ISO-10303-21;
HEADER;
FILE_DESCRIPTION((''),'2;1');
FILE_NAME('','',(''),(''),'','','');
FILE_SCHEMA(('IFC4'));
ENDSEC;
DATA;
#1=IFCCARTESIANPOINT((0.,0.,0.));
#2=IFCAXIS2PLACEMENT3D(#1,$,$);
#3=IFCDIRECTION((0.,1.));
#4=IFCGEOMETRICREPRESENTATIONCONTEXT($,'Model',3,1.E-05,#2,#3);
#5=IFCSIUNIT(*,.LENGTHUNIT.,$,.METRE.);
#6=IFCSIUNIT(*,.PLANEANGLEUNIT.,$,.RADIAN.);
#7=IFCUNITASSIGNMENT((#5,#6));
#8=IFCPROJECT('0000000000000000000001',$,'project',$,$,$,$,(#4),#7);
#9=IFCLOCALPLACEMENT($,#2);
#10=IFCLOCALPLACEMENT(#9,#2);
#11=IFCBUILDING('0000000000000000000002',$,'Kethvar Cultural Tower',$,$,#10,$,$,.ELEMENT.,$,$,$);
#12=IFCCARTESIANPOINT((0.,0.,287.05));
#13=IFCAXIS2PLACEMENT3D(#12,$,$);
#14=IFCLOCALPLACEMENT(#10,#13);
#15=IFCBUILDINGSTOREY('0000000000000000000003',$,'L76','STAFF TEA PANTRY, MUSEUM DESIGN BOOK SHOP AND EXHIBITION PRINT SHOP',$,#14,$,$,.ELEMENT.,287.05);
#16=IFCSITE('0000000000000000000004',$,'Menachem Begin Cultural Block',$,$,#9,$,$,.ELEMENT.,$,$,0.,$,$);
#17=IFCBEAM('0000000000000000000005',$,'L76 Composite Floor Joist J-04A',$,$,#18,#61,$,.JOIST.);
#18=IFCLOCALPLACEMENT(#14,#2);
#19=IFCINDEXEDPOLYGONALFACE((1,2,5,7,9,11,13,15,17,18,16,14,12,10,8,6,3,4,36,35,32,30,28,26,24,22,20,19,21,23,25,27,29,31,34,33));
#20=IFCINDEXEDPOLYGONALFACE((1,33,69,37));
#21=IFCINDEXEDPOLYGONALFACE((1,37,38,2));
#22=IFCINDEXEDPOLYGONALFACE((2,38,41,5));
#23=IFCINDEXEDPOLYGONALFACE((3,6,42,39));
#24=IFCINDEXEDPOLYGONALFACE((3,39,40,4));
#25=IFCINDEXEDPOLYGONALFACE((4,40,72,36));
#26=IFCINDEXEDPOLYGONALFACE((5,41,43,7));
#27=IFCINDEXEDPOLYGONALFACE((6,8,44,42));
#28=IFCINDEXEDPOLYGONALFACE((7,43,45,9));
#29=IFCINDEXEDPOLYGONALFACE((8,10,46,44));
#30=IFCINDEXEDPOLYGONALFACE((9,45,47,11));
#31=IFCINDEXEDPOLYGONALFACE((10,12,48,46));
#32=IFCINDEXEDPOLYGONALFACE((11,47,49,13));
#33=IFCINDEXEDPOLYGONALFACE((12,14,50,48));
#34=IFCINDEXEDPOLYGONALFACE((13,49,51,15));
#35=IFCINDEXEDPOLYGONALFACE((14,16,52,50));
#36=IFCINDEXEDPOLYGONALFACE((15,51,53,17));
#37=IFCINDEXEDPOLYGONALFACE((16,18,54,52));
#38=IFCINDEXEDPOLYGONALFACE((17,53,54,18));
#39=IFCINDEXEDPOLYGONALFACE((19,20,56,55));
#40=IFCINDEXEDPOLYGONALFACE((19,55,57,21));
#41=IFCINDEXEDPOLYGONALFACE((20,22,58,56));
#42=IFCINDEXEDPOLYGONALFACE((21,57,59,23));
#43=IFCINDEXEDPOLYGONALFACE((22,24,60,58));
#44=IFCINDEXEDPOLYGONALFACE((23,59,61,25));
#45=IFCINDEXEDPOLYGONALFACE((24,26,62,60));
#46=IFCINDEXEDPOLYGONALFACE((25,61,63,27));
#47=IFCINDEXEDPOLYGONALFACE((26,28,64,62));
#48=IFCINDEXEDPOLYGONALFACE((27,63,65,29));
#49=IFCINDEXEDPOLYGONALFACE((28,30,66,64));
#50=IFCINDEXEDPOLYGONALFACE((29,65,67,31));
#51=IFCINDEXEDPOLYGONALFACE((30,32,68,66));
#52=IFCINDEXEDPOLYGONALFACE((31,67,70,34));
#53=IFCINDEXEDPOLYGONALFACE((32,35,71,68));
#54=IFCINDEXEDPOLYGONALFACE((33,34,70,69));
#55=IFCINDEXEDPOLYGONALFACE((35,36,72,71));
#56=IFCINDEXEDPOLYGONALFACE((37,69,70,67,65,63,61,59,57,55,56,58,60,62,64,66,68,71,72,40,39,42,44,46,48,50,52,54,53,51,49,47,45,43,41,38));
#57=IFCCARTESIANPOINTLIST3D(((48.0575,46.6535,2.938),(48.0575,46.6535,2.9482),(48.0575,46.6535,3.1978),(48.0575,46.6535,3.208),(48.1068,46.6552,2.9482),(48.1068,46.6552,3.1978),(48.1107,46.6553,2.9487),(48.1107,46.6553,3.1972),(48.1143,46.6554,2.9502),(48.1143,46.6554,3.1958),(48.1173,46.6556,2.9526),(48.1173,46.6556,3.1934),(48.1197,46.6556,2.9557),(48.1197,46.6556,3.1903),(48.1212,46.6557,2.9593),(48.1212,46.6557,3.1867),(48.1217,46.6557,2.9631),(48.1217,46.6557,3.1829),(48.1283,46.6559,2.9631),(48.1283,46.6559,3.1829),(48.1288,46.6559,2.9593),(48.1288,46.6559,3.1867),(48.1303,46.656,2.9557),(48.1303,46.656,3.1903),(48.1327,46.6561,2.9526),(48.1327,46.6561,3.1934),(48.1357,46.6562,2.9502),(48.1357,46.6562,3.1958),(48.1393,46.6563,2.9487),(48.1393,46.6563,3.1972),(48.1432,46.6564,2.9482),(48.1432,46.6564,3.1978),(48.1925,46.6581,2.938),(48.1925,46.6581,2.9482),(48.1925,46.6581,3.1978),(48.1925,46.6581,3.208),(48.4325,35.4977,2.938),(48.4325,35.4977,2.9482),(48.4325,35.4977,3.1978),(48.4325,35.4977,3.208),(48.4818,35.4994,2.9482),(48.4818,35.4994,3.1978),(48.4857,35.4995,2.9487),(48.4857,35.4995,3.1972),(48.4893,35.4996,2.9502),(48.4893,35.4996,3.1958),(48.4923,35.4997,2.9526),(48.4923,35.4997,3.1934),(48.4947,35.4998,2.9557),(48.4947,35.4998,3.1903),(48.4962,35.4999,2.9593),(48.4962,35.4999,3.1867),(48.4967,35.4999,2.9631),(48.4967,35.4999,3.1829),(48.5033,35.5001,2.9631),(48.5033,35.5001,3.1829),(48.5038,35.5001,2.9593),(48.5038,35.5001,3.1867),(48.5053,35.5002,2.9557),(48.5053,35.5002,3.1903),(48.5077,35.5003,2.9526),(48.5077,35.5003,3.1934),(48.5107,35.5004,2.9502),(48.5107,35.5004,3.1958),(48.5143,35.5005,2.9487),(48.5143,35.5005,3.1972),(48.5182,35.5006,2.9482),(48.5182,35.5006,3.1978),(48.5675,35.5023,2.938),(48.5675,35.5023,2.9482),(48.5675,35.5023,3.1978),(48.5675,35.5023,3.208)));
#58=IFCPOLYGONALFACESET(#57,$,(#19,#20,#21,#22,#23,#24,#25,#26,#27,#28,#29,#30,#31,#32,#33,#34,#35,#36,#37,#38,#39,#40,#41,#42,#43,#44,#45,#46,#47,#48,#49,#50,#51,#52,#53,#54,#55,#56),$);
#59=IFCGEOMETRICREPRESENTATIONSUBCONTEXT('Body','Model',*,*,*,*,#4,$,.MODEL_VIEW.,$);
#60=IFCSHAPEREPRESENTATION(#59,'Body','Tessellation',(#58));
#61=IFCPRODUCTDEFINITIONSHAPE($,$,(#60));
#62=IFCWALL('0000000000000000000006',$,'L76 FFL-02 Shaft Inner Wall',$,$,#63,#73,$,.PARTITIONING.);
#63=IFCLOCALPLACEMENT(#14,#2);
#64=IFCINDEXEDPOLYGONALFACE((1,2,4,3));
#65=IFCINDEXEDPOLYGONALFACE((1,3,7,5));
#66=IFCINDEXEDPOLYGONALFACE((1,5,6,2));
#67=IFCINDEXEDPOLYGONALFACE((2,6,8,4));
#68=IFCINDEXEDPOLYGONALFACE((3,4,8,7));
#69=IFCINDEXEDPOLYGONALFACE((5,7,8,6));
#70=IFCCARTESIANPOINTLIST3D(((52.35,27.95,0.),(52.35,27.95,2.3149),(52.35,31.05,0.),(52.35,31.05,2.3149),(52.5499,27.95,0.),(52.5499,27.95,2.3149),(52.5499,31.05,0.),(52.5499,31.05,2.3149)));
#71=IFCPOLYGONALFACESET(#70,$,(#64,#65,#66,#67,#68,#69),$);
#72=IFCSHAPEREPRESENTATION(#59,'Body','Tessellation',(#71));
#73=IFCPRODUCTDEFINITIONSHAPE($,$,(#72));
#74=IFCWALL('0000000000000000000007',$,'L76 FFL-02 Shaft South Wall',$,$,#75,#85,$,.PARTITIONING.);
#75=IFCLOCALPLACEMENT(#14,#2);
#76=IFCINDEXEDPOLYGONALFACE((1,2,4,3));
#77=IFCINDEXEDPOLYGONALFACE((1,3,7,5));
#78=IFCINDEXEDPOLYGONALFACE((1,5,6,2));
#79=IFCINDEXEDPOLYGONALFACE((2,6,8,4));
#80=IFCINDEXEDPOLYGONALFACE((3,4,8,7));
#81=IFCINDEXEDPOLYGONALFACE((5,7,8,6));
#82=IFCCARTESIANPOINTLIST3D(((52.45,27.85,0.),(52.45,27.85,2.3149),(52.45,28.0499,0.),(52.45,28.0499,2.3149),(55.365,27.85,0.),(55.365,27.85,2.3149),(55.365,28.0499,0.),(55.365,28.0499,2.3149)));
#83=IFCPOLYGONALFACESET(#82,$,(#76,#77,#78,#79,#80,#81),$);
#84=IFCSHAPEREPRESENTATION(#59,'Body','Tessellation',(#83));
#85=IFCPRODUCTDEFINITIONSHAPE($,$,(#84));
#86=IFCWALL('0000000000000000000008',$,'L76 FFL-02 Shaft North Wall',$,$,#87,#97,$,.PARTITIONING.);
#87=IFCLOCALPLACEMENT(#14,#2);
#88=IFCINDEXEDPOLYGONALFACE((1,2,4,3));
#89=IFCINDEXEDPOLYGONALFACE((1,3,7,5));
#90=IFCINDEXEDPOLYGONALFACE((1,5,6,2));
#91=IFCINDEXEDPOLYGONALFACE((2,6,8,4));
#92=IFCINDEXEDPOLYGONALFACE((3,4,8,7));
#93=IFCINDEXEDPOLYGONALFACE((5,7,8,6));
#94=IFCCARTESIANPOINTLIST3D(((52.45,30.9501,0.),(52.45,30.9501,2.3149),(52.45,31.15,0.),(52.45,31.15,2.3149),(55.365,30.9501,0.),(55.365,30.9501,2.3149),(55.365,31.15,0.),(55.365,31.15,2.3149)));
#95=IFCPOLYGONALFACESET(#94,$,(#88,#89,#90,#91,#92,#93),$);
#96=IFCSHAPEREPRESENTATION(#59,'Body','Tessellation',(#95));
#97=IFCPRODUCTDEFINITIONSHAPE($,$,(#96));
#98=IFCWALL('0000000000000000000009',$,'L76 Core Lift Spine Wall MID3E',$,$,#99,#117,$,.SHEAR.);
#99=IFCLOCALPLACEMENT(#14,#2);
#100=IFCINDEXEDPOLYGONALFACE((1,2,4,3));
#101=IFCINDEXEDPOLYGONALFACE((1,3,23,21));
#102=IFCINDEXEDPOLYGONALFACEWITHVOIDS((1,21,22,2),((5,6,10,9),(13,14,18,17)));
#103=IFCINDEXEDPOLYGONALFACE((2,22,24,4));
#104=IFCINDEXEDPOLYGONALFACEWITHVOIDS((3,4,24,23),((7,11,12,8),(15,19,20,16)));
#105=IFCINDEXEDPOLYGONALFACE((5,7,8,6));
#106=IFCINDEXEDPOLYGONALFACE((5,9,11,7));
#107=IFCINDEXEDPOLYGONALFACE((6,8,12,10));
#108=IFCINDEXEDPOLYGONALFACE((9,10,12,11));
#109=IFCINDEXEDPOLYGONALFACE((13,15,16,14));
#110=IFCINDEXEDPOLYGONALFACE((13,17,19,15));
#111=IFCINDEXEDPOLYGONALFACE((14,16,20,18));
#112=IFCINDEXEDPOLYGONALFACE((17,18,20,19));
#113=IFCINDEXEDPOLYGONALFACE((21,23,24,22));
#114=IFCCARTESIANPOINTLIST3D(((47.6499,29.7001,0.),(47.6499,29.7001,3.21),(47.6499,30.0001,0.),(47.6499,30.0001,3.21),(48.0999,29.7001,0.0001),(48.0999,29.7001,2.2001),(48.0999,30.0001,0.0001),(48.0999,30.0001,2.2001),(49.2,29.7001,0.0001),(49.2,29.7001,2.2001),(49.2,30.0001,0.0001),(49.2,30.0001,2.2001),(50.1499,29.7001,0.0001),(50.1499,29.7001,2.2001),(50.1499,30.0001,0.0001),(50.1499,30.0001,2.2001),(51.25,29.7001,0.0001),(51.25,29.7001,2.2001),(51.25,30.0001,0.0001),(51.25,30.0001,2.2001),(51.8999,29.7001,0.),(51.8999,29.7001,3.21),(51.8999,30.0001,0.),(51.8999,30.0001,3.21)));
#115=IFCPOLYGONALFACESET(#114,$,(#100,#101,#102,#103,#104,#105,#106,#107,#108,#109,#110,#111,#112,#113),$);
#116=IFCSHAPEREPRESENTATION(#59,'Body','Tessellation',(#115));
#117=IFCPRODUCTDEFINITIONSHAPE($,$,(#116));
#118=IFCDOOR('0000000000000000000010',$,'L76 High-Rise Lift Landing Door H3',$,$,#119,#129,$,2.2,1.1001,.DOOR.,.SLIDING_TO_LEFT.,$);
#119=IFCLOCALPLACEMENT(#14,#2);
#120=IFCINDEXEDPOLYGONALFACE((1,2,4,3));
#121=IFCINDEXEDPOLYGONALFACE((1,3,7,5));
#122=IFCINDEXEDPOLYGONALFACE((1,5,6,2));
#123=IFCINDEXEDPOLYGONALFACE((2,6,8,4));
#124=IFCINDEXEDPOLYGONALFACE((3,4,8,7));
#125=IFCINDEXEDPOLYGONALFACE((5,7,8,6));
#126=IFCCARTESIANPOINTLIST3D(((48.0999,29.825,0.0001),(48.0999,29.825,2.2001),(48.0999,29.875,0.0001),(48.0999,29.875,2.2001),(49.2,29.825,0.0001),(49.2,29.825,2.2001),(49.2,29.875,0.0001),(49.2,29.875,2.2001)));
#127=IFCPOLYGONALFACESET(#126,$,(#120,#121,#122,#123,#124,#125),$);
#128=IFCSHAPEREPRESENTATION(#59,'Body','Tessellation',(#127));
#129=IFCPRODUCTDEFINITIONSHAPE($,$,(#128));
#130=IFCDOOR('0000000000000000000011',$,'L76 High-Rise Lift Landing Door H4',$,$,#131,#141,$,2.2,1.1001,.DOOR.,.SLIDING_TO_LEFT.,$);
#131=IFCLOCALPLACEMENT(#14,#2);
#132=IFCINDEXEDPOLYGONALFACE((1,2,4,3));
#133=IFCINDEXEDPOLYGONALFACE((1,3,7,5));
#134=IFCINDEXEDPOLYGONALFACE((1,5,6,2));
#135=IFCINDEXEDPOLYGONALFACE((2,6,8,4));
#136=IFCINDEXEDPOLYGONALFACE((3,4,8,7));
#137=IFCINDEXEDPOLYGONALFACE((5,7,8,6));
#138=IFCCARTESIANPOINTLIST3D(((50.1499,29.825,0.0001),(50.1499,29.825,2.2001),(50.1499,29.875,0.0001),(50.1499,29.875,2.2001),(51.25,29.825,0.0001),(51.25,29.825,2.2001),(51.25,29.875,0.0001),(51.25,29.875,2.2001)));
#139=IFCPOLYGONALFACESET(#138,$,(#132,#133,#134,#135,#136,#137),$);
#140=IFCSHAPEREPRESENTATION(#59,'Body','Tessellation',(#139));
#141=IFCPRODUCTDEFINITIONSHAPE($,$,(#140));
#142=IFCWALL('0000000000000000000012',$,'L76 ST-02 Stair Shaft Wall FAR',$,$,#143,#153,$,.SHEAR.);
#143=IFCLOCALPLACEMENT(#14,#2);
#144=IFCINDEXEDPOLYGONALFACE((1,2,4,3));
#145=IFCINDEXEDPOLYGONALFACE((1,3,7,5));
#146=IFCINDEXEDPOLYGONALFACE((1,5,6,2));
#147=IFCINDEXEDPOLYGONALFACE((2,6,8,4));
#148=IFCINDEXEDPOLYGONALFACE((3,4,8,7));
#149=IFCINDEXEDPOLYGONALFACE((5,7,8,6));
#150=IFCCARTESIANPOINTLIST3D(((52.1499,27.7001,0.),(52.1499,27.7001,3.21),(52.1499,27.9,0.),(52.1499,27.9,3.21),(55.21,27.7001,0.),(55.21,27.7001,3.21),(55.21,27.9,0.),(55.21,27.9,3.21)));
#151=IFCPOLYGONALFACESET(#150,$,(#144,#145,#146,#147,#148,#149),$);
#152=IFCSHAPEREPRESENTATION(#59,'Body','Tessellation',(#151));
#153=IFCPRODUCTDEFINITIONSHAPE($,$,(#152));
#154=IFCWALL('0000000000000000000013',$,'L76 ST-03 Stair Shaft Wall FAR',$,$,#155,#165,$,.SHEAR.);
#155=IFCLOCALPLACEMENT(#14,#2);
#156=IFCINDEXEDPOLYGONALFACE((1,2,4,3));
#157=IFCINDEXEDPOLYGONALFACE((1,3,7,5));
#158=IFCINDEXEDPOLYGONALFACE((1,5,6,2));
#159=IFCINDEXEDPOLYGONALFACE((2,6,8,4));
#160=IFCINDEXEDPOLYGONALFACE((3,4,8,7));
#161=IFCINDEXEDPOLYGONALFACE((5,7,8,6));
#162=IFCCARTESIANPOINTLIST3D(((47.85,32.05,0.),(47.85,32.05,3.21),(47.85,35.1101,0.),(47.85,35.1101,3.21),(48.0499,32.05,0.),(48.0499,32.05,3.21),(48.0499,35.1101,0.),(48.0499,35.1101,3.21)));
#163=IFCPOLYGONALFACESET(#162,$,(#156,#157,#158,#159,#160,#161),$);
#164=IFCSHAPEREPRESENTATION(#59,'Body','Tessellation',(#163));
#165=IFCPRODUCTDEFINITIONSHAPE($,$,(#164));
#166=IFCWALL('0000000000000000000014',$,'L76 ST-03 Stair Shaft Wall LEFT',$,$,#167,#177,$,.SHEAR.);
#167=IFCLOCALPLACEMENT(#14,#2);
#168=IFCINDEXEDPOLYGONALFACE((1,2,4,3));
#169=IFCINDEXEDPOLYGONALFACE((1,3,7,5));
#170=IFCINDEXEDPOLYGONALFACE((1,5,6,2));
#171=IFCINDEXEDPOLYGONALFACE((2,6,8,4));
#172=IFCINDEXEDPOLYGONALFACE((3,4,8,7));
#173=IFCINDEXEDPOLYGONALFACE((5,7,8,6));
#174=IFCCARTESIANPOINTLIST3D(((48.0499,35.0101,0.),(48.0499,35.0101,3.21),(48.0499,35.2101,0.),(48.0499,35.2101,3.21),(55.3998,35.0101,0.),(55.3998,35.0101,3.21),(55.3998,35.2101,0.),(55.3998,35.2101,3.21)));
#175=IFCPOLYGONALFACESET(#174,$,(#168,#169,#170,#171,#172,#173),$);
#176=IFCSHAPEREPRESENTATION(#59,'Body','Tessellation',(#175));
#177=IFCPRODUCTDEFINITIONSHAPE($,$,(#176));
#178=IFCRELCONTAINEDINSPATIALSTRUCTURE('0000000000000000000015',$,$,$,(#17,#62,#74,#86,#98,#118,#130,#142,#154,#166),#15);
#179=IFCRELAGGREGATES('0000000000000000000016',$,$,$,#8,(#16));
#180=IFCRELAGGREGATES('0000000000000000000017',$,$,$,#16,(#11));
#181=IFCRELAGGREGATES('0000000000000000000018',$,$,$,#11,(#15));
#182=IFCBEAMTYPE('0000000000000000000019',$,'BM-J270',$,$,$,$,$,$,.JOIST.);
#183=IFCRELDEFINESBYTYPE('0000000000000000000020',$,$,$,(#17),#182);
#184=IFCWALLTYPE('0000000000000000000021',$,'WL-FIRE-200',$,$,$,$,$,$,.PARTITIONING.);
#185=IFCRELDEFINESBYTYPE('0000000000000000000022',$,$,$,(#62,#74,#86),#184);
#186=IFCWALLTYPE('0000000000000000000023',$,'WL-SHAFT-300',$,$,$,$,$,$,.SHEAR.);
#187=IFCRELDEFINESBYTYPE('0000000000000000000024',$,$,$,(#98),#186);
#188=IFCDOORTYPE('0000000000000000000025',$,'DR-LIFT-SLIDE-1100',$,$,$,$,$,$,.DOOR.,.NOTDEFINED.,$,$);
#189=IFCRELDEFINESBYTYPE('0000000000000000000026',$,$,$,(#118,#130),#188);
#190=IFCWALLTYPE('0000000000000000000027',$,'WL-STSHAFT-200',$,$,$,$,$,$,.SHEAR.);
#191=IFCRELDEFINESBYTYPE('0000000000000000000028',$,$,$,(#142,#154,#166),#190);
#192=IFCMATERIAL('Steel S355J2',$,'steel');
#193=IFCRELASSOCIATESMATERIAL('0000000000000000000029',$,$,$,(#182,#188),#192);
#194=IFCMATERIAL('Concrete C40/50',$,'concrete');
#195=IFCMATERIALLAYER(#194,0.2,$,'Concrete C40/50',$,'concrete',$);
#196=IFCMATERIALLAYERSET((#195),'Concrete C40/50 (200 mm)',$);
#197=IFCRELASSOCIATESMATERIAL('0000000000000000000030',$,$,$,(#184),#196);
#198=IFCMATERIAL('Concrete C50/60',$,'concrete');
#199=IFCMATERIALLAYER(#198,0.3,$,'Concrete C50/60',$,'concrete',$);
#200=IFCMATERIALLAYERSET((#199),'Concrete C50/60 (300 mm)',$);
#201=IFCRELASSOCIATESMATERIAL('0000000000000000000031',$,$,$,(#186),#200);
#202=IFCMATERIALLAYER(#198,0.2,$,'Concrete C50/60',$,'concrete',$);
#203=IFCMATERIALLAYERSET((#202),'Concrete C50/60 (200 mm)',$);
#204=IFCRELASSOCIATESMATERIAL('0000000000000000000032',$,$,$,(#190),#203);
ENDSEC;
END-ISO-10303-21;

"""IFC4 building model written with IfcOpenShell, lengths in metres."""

from ifc_helpers import new_model, si_unit, direction, frame, frame_2d, origin, origin_2d, place, context, subcontext, project, spatial, rectangle, i_section, extrude, source, transform, mapped, material, layer, layer_set, material_profile, profile_set, type_object, element, fill, save


model = new_model("IFC4")

# Units and contexts
model_context = context("Model", 3, precision=1e-05, world=origin(), true_north=direction((0.0, 1.0)))
body_context = subcontext(model_context, "Body", "Model", "MODEL_VIEW")
ifc_project = project(units=[si_unit("LENGTHUNIT", "METRE"), si_unit("PLANEANGLEUNIT", "RADIAN")], contexts=[model_context])

# Site, building, storey
site_placement = place(None, origin())
site = spatial("IfcSite", under=ifc_project, at=site_placement, Name="Menachem Begin Cultural Block", CompositionType="ELEMENT", RefElevation=0.0)
building_placement = place(site_placement, origin())
building = spatial("IfcBuilding", under=site, at=building_placement, Name="Kethvar Cultural Tower", CompositionType="ELEMENT")
storey_placement = place(building_placement, frame((0.0, 0.0, 287.05)))
storey = spatial("IfcBuildingStorey", under=building, at=storey_placement, Name="L76", Description="STAFF TEA PANTRY, MUSEUM DESIGN BOOK SHOP AND EXHIBITION PRINT SHOP", CompositionType="ELEMENT", Elevation=287.05)

# Beam
ifc_material_1 = material(Name="Steel S355J2", Category="steel")
ifc_material_profile_1 = material_profile(ifc_material_1, i_section(OverallWidth=0.135, OverallDepth=0.27, WebThickness=0.0066, FlangeThickness=0.0103, FilletRadius=0.0149, at=origin_2d()), Name="Steel S355J2 — IPE270")
ifc_profile_set_1 = profile_set([ifc_material_profile_1], Name="Steel S355J2 — IPE270")
beam_type_1 = type_object("IfcBeamType", Name="BM-J270", PredefinedType="JOIST", material=ifc_profile_set_1)
shared_shape_1 = source(origin(), body_context, "Body", "SweptSolid", [
    extrude(i_section(OverallWidth=0.135, OverallDepth=0.27, WebThickness=0.0066, FlangeThickness=0.0103, FilletRadius=0.0149, at=origin_2d()), origin(), (0.0, 0.0, 1.0), 11.1621),
])
beam_1_placement = place(storey_placement, frame((48.5, 35.5, 3.073), z_axis=(-0.033596, 0.999435, 0.0), x_axis=(-0.999435, -0.033596, 0.0)))
element("IfcBeam", 1, at=beam_1_placement, inside=storey, type_object=beam_type_1, Name="L76 Composite Floor Joist J-04A", PredefinedType="JOIST", context=body_context, shape_type="MappedRepresentation", body=[
    mapped(shared_shape_1, transform((0.0, 0.0, 0.0), scale=1.0)),
])

# Walls
ifc_material_2 = material(Name="Concrete C40/50", Category="concrete")
ifc_layer_1 = layer(ifc_material_2, 0.2, Name="Concrete C40/50", Category="concrete")
ifc_layer_set_1 = layer_set([ifc_layer_1], Name="Concrete C40/50 (200 mm)")
wall_type_1 = type_object("IfcWallType", Name="WL-FIRE-200", PredefinedType="PARTITIONING", material=ifc_layer_set_1)
wall_1_placement = place(storey_placement, frame((52.45, 27.95, 0.0), z_axis=(0.0, 0.0, 1.0), x_axis=(0.0, 1.0, 0.0)))
element("IfcWall", 2, at=wall_1_placement, inside=storey, type_object=wall_type_1, Name="L76 FFL-02 Shaft Inner Wall", PredefinedType="PARTITIONING", context=body_context, shape_type="SweptSolid", body=[
    extrude(rectangle(XDim=3.1001, YDim=0.2, at=frame_2d((1.55, 0.0))), origin(), (0.0, 0.0, 1.0), 2.3149),
])
for number, where, z_axis, x_axis, name in (
    (3, (52.45, 27.95, 0.0), (0.0, 0.0, 1.0), (1.0, 0.0, 0.0), "L76 FFL-02 Shaft South Wall"),
    (4, (52.45, 31.05, 0.0), (0.0, 0.0, 1.0), (1.0, 0.0, 0.0), "L76 FFL-02 Shaft North Wall"),
):
    element("IfcWall", number, at=place(storey_placement, frame(where, z_axis=z_axis, x_axis=x_axis)), inside=storey, type_object=wall_type_1, Name=name, PredefinedType="PARTITIONING", context=body_context, shape_type="SweptSolid", body=[
        extrude(rectangle(XDim=2.915, YDim=0.2, at=frame_2d((1.4575, 0.0))), origin(), (0.0, 0.0, 1.0), 2.3149),
    ])

# Wall, openings, doors
ifc_material_3 = material(Name="Concrete C50/60", Category="concrete")
ifc_layer_2 = layer(ifc_material_3, 0.3, Name="Concrete C50/60", Category="concrete")
ifc_layer_set_2 = layer_set([ifc_layer_2], Name="Concrete C50/60 (300 mm)")
wall_type_2 = type_object("IfcWallType", Name="WL-SHAFT-300", PredefinedType="SHEAR", material=ifc_layer_set_2)
wall_2_placement = place(storey_placement, frame((47.6499, 29.8501, 0.0), z_axis=(0.0, 0.0, 1.0), x_axis=(1.0, 0.0, 0.0)))
wall_2 = element("IfcWall", 5, at=wall_2_placement, inside=storey, type_object=wall_type_2, Name="L76 Core Lift Spine Wall MID3E", PredefinedType="SHEAR", context=body_context, shape_type="SweptSolid", body=[
    extrude(rectangle(XDim=4.25, YDim=0.3, at=frame_2d((2.125, 0.0))), origin(), (0.0, 0.0, 1.0), 3.21),
])
opening_1_placement = place(wall_2_placement, frame((0.45, 0.0, 0.0)))
opening_1 = element("IfcOpeningElement", 6, at=opening_1_placement, cuts=wall_2, PredefinedType="OPENING", context=body_context, shape_type="SweptSolid", body=[
    extrude(rectangle(XDim=1.1001, YDim=2.2, at=frame_2d((0.55, 1.1001))), frame((0.0, 0.1599, 0.0), z_axis=(0.0, -1.0, 0.0), x_axis=(1.0, 0.0, 0.0)), (0.0, 0.0, 1.0), 0.3201),
])
opening_2_placement = place(wall_2_placement, frame((2.5, 0.0, 0.0)))
opening_2 = element("IfcOpeningElement", 7, at=opening_2_placement, cuts=wall_2, PredefinedType="OPENING", context=body_context, shape_type="SweptSolid", body=[
    extrude(rectangle(XDim=1.1001, YDim=2.2, at=frame_2d((0.55, 1.1001))), frame((0.0, 0.1599, 0.0), z_axis=(0.0, -1.0, 0.0), x_axis=(1.0, 0.0, 0.0)), (0.0, 0.0, 1.0), 0.3201),
])
door_type = type_object("IfcDoorType", Name="DR-LIFT-SLIDE-1100", OperationType="NOTDEFINED", PredefinedType="DOOR", material=ifc_material_1)
shared_shape_2 = source(origin(), body_context, "Body", "SweptSolid", [
    extrude(rectangle(XDim=1.1001, YDim=2.2, at=frame_2d((0.55, 1.1001))), frame((0.0, 0.0249, 0.0), z_axis=(0.0, -1.0, 0.0), x_axis=(1.0, 0.0, 0.0)), (0.0, 0.0, 1.0), 0.05),
])
door_1_placement = place(opening_1_placement, origin())
door_1 = element("IfcDoor", 8, at=door_1_placement, inside=storey, type_object=door_type, Name="L76 High-Rise Lift Landing Door H3", OperationType="SLIDING_TO_LEFT", OverallHeight=2.2, OverallWidth=1.1001, PredefinedType="DOOR", context=body_context, shape_type="MappedRepresentation", body=[
    mapped(shared_shape_2, transform((0.0, 0.0, 0.0), scale=1.0)),
])
fill(opening_1, door_1)
door_2_placement = place(opening_2_placement, origin())
door_2 = element("IfcDoor", 9, at=door_2_placement, inside=storey, type_object=door_type, Name="L76 High-Rise Lift Landing Door H4", OperationType="SLIDING_TO_LEFT", OverallHeight=2.2, OverallWidth=1.1001, PredefinedType="DOOR", context=body_context, shape_type="MappedRepresentation", body=[
    mapped(shared_shape_2, transform((0.0, 0.0, 0.0), scale=1.0)),
])
fill(opening_2, door_2)

# Walls
ifc_layer_3 = layer(ifc_material_3, 0.2, Name="Concrete C50/60", Category="concrete")
ifc_layer_set_3 = layer_set([ifc_layer_3], Name="Concrete C50/60 (200 mm)")
wall_type_3 = type_object("IfcWallType", Name="WL-STSHAFT-200", PredefinedType="SHEAR", material=ifc_layer_set_3)
for number, where, z_axis, x_axis, name in (
    (10, (52.1499, 27.8, 0.0), (0.0, 0.0, 1.0), (1.0, 0.0, 0.0), "L76 ST-02 Stair Shaft Wall FAR"),
    (11, (47.95, 32.05, 0.0), (0.0, 0.0, 1.0), (0.0, 1.0, 0.0), "L76 ST-03 Stair Shaft Wall FAR"),
):
    element("IfcWall", number, at=place(storey_placement, frame(where, z_axis=z_axis, x_axis=x_axis)), inside=storey, type_object=wall_type_3, Name=name, PredefinedType="SHEAR", context=body_context, shape_type="SweptSolid", body=[
        extrude(rectangle(XDim=3.0601, YDim=0.2, at=frame_2d((1.53, 0.0))), origin(), (0.0, 0.0, 1.0), 3.21),
    ])
for number, where, z_axis, x_axis, name in (
    (12, (48.05, 35.1101, 0.0), (0.0, 0.0, 1.0), (1.0, 0.0, 0.0), "L76 ST-03 Stair Shaft Wall LEFT"),
):
    element("IfcWall", number, at=place(storey_placement, frame(where, z_axis=z_axis, x_axis=x_axis)), inside=storey, type_object=wall_type_3, Name=name, PredefinedType="SHEAR", context=body_context, shape_type="SweptSolid", body=[
        extrude(rectangle(XDim=7.3499, YDim=0.2, at=frame_2d((3.6748, 0.0))), origin(), (0.0, 0.0, 1.0), 3.21),
    ])

save(model, "model.ifc")
